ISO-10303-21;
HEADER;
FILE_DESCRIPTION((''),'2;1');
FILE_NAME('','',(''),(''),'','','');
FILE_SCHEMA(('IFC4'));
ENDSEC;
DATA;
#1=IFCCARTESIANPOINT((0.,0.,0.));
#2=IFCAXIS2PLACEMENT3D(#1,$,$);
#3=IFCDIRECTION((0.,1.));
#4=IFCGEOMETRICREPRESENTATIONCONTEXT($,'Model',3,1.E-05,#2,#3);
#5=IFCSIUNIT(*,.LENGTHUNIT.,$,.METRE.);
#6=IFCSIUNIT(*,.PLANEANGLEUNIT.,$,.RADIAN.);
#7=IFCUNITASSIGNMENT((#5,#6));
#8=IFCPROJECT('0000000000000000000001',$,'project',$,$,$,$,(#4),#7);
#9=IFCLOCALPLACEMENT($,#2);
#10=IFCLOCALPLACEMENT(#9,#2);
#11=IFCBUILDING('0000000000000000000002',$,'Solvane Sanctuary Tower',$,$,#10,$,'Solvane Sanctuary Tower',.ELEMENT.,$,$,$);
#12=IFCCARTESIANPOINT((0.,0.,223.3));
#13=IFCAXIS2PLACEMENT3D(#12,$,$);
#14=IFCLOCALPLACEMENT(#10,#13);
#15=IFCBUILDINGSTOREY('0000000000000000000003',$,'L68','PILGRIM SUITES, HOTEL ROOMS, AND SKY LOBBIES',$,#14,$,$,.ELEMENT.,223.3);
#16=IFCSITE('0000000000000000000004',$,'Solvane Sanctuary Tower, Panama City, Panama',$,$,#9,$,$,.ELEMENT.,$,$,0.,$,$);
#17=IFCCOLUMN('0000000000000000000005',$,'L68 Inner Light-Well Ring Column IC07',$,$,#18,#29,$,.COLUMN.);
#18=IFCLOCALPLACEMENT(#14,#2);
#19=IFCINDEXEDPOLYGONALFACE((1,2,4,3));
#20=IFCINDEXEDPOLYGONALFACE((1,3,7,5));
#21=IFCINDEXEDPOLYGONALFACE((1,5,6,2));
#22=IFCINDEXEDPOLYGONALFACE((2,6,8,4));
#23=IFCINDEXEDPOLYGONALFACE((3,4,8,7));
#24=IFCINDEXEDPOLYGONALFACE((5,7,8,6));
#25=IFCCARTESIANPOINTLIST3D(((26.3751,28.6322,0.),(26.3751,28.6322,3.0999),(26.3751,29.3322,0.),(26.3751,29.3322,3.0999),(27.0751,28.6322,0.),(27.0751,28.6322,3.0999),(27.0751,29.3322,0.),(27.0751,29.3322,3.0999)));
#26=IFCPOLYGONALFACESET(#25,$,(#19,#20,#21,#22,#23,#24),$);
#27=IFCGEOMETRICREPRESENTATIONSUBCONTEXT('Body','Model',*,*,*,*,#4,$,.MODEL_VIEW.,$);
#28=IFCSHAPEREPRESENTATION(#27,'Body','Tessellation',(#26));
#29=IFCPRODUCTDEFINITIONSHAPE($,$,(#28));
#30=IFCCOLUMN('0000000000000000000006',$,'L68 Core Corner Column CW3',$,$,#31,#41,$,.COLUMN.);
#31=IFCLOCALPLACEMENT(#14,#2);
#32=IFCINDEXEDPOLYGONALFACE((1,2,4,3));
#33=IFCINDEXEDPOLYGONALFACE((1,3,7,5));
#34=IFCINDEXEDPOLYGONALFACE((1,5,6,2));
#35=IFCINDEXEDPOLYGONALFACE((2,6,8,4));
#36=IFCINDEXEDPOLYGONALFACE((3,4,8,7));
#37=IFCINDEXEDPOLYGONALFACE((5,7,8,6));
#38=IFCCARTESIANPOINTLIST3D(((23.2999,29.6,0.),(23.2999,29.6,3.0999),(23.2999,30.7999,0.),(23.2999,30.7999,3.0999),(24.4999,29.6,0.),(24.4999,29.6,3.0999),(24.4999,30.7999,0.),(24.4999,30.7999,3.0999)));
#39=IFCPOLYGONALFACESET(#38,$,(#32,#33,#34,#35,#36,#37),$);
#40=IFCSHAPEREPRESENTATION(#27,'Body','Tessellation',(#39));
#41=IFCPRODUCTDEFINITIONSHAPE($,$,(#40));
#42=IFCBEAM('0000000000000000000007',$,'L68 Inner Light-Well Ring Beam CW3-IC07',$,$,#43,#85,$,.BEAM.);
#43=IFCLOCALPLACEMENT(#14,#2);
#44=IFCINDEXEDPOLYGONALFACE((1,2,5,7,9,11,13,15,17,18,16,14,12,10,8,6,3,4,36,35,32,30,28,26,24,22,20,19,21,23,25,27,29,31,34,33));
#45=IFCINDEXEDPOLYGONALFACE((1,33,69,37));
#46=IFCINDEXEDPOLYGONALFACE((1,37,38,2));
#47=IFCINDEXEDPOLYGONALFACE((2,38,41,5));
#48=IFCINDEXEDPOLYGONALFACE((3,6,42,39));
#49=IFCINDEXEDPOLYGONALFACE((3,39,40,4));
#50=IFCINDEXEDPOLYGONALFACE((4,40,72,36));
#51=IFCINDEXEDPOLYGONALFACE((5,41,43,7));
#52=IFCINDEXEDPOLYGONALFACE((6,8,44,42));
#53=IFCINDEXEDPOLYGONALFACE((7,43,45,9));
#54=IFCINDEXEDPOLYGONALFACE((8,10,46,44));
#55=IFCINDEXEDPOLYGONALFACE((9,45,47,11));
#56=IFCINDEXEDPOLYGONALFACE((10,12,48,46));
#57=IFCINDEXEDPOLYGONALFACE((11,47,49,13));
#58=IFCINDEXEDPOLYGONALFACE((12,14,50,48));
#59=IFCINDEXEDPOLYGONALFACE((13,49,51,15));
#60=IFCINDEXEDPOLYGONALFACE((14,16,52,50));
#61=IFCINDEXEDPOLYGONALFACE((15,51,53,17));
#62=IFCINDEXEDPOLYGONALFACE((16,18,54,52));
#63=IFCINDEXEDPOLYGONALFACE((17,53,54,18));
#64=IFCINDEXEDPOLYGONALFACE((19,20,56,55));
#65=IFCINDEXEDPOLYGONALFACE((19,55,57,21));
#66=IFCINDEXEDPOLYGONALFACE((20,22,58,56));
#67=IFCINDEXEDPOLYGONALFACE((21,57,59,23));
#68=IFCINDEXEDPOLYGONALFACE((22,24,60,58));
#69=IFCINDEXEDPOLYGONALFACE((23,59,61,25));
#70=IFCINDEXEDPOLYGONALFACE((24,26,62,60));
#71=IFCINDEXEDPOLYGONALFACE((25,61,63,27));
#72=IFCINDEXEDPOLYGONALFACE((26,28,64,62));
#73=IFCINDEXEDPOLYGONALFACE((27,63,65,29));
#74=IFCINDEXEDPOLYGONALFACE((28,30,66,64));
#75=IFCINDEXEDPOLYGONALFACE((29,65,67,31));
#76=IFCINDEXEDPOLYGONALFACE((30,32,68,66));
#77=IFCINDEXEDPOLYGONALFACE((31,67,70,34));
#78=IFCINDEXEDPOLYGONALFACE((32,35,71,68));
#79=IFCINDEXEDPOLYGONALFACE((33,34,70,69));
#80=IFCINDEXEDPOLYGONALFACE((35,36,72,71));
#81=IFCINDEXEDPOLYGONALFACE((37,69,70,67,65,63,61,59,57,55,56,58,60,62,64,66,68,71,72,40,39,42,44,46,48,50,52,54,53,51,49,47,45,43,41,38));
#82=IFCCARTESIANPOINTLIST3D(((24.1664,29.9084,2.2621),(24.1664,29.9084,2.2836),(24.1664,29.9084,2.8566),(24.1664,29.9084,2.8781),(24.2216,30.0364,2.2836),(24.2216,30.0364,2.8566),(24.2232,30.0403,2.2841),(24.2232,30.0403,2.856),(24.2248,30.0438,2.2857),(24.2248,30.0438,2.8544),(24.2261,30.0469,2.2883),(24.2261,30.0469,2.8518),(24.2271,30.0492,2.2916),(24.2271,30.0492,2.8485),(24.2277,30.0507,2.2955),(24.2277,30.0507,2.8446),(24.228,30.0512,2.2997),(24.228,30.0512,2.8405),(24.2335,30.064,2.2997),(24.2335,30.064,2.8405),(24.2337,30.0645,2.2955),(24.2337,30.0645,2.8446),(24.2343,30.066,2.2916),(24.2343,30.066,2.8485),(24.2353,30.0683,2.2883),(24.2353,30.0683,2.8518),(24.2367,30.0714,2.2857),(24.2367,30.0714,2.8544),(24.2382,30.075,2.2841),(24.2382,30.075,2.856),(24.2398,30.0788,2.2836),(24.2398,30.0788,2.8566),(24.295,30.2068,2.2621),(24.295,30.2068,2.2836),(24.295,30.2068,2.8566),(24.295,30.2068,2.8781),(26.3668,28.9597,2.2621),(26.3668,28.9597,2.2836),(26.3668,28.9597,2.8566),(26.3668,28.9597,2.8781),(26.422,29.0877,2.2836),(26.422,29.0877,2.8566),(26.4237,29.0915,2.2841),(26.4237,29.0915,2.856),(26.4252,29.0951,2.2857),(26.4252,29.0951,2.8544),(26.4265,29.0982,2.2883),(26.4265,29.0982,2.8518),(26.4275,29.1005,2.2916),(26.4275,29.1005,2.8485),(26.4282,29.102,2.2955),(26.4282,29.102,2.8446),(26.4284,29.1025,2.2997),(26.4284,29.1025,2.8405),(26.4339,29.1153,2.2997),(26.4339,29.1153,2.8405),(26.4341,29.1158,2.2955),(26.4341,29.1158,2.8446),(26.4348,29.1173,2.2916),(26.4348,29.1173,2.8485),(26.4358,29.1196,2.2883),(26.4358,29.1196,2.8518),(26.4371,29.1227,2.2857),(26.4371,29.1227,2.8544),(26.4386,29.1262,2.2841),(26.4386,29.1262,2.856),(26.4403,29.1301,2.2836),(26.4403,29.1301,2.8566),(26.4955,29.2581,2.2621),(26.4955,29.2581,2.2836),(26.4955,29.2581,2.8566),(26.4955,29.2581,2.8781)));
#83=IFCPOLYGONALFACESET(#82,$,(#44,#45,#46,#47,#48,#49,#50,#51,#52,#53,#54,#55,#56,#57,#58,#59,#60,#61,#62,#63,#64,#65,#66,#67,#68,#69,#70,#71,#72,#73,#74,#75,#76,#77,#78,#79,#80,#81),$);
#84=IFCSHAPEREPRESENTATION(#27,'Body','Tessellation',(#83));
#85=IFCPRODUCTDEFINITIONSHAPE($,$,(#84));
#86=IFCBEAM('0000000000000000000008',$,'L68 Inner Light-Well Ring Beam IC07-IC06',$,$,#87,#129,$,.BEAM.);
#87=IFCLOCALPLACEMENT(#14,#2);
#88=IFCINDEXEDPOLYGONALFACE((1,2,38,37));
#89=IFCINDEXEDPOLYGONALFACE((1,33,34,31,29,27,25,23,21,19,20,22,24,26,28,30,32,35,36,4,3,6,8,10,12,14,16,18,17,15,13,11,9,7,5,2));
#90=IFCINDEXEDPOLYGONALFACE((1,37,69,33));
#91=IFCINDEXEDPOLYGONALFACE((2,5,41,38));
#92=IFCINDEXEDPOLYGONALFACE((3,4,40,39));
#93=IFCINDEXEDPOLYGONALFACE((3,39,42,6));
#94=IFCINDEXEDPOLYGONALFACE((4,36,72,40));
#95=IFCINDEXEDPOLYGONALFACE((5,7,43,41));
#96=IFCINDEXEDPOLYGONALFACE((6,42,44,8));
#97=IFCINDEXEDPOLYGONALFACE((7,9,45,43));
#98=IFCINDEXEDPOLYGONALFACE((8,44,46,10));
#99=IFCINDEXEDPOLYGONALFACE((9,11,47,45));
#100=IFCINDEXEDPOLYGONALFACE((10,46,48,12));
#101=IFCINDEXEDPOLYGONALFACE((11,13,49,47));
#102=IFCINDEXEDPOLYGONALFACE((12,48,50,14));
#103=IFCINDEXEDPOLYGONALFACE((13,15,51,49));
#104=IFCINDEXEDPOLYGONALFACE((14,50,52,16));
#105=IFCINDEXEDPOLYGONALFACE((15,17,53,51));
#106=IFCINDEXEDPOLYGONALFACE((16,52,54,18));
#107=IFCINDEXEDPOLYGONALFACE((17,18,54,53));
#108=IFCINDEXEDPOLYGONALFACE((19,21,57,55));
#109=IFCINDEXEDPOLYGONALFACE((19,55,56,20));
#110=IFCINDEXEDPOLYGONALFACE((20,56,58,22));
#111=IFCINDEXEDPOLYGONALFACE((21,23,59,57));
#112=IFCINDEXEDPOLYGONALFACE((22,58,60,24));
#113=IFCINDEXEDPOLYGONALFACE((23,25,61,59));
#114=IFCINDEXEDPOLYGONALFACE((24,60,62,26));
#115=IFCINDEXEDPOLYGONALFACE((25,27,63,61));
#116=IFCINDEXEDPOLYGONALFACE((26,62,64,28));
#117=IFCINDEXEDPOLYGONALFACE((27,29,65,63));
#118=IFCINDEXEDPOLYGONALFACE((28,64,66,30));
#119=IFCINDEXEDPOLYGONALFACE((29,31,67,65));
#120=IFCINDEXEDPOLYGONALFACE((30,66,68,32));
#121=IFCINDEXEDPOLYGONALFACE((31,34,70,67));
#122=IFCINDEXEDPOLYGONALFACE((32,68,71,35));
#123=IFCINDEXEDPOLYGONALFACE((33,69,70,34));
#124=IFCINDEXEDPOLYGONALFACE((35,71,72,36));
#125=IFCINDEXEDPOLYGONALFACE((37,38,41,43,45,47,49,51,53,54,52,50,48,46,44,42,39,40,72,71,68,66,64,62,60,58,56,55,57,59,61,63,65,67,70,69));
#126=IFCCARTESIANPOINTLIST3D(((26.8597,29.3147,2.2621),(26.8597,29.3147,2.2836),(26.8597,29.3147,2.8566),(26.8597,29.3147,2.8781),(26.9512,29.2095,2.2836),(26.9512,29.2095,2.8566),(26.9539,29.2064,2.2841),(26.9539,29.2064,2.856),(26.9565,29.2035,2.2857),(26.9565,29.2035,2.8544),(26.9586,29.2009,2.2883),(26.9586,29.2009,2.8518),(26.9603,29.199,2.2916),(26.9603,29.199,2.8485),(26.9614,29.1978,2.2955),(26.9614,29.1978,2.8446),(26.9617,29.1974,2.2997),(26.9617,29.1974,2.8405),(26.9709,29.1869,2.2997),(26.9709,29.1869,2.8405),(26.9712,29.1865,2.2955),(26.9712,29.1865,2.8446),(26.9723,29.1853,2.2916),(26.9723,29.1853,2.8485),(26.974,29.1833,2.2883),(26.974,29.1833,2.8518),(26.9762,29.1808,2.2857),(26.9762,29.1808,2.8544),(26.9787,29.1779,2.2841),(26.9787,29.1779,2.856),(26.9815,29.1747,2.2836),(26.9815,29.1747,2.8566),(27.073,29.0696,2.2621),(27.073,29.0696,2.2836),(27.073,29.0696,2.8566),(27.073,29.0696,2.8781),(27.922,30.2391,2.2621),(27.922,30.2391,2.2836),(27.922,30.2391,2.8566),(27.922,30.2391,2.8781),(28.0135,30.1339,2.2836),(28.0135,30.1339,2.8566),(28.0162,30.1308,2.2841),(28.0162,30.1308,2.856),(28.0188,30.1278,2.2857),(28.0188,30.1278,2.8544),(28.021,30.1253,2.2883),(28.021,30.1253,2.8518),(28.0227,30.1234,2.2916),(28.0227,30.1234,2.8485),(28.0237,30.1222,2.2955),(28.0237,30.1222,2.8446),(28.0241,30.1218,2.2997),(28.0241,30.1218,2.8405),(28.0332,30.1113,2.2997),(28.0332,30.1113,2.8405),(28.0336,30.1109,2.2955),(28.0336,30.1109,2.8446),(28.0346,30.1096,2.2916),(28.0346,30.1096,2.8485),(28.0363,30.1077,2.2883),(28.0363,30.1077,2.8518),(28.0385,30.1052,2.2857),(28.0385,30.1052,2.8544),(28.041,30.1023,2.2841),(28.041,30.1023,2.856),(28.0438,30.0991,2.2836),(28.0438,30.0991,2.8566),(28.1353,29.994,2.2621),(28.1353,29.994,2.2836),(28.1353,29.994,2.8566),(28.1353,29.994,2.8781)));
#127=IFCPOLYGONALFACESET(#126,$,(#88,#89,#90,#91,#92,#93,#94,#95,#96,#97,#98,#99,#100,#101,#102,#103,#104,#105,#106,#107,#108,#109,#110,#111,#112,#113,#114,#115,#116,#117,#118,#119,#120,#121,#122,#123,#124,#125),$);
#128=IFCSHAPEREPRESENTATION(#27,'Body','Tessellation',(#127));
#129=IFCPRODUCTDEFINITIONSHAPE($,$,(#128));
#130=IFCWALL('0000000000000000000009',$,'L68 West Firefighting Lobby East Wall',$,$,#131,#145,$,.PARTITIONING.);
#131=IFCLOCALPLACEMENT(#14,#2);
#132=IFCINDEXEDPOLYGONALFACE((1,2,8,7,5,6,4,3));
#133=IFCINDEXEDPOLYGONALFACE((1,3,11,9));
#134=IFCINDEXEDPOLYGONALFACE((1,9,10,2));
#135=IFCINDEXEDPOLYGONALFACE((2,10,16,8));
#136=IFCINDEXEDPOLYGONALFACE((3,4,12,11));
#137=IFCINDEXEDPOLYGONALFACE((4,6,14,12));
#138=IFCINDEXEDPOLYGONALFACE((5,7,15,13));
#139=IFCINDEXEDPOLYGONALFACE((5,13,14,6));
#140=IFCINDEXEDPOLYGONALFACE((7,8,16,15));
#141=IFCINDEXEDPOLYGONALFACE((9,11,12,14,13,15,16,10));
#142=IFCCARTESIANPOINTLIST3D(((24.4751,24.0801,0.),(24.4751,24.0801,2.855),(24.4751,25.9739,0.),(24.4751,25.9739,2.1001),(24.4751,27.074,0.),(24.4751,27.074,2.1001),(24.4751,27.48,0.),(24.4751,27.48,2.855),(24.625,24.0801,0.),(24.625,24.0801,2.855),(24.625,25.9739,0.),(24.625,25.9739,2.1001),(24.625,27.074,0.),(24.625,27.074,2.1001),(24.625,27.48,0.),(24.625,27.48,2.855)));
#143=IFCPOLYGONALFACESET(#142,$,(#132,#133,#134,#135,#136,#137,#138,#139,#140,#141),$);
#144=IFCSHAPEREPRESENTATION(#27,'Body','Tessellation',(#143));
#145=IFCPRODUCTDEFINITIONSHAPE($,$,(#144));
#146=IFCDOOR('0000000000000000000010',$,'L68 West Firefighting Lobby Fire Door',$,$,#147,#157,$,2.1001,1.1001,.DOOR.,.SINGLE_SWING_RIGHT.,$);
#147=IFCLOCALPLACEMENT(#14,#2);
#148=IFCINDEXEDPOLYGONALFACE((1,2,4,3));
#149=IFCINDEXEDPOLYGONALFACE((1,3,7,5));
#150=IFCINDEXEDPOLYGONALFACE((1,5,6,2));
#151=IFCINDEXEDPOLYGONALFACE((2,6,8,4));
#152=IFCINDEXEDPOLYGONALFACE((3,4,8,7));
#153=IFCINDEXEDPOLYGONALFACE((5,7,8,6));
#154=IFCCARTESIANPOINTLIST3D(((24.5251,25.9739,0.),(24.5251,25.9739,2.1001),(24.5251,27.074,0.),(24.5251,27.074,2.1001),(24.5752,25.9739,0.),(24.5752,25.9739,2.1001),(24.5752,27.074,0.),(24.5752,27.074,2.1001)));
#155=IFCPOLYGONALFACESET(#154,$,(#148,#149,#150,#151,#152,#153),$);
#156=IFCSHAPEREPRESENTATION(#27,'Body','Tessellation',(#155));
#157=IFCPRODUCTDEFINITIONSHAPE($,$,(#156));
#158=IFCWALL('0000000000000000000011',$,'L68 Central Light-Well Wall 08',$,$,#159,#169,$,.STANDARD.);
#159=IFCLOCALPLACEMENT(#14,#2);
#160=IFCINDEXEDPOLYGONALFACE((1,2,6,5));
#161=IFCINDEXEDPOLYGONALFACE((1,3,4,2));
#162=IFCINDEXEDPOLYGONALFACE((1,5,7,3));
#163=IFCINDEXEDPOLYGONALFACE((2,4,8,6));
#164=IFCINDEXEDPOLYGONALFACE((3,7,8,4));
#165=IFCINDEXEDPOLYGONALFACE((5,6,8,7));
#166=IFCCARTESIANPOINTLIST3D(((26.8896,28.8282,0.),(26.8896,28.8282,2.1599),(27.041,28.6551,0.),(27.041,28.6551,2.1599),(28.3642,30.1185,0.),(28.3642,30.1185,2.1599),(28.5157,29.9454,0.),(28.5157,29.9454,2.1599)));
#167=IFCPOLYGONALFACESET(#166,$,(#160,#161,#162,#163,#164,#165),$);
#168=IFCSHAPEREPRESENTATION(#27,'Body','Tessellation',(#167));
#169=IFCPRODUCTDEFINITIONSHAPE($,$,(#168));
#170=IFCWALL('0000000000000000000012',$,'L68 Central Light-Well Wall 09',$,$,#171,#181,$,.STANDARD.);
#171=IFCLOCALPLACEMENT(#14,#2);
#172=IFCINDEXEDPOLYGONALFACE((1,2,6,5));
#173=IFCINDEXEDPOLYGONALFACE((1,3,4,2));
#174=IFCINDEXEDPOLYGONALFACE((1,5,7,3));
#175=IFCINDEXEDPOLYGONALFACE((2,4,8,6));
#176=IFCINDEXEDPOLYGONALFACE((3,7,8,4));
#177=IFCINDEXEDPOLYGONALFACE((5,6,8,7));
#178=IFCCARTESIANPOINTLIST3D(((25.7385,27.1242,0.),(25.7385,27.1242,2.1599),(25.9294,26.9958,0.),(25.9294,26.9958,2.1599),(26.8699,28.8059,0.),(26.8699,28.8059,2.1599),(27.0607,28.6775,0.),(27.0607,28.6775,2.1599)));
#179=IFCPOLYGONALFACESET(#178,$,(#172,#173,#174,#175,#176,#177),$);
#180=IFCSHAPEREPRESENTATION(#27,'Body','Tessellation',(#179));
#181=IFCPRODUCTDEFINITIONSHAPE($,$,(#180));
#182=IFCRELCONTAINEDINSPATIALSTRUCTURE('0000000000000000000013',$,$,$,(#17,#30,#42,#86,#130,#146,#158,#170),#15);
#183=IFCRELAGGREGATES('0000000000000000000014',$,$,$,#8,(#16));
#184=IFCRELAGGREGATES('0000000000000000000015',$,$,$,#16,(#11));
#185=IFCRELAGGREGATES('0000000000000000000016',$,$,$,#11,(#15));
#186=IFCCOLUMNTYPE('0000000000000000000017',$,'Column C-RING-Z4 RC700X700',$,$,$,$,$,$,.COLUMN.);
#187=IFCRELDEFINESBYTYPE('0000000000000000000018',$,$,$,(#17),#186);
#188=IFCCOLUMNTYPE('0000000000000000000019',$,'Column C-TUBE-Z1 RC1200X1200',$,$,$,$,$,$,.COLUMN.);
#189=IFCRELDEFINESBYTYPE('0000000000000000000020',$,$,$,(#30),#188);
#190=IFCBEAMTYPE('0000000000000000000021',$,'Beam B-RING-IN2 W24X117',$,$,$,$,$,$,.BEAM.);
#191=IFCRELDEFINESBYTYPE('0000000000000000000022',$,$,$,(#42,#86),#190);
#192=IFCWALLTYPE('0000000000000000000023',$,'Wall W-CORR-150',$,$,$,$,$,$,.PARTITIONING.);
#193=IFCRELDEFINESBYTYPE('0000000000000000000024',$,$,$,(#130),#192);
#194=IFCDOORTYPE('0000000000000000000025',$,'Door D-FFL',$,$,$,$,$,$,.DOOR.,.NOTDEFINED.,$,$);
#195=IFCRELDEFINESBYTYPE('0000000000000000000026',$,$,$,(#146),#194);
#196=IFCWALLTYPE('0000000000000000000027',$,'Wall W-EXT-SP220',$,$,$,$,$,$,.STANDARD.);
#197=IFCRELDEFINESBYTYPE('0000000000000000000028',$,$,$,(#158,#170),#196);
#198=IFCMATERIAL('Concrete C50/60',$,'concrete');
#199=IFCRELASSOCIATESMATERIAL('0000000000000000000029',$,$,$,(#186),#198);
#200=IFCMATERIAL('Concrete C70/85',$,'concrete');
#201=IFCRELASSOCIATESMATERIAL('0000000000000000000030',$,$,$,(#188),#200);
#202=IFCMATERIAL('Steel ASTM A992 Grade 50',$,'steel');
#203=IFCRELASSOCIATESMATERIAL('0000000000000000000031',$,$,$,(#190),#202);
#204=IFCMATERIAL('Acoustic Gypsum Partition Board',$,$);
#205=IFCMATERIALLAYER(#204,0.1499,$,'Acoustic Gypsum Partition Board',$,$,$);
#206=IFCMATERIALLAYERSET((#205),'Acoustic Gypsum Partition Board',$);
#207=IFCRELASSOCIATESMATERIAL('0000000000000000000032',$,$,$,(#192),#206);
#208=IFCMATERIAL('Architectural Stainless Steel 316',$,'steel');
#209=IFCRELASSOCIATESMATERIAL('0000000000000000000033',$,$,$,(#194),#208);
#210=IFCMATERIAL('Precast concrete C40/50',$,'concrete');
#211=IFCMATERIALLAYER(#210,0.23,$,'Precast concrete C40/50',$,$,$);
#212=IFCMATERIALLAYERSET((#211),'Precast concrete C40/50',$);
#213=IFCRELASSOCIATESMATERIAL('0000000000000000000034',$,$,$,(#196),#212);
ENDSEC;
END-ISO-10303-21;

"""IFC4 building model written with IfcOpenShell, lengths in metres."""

from ifc_helpers import new_model, si_unit, direction, frame, frame_2d, origin, origin_2d, place, context, subcontext, project, spatial, rectangle, i_section, extrude, material, layer, layer_set, material_profile, profile_set, type_object, element, fill, save


model = new_model("IFC4")

# Units and contexts
model_context = context("Model", 3, precision=1e-05, world=origin(), true_north=direction((0.0, 1.0)))
body_context = subcontext(model_context, "Body", "Model", "MODEL_VIEW")
ifc_project = project(units=[si_unit("LENGTHUNIT", "METRE"), si_unit("PLANEANGLEUNIT", "RADIAN")], contexts=[model_context])

# Site, building, storey
site_placement = place(None, origin())
site = spatial("IfcSite", under=ifc_project, at=site_placement, Name="Solvane Sanctuary Tower, Panama City, Panama", CompositionType="ELEMENT", RefElevation=0.0)
building_placement = place(site_placement, origin())
building = spatial("IfcBuilding", under=site, at=building_placement, Name="Solvane Sanctuary Tower", LongName="Solvane Sanctuary Tower", CompositionType="ELEMENT")
storey_placement = place(building_placement, frame((0.0, 0.0, 223.3)))
storey = spatial("IfcBuildingStorey", under=building, at=storey_placement, Name="L68", Description="PILGRIM SUITES, HOTEL ROOMS, AND SKY LOBBIES", CompositionType="ELEMENT", Elevation=223.3)

# Columns
ifc_material_1 = material(Name="Concrete C50/60", Category="concrete")
ifc_material_profile_1 = material_profile(ifc_material_1, rectangle(XDim=0.7, YDim=0.7, at=origin_2d()), Name="RC700X700")
ifc_profile_set_1 = profile_set([ifc_material_profile_1], Name="Concrete C50/60")
column_type_1 = type_object("IfcColumnType", Name="Column C-RING-Z4 RC700X700", PredefinedType="COLUMN", material=ifc_profile_set_1)
column_1_placement = place(storey_placement, frame((26.7251, 28.9822, 0.0), z_axis=(0.0, 0.0, 1.0), x_axis=(1.0, 0.0, 0.0)))
element("IfcColumn", 1, at=column_1_placement, inside=storey, type_object=column_type_1, Name="L68 Inner Light-Well Ring Column IC07", PredefinedType="COLUMN", context=body_context, shape_type="SweptSolid", body=[
    extrude(rectangle(XDim=0.7, YDim=0.7, at=origin_2d()), origin(), (0.0, 0.0, 1.0), 3.0999),
])
ifc_material_2 = material(Name="Concrete C70/85", Category="concrete")
ifc_material_profile_2 = material_profile(ifc_material_2, rectangle(XDim=1.2, YDim=1.2, at=origin_2d()), Name="RC1200X1200")
ifc_profile_set_2 = profile_set([ifc_material_profile_2], Name="Concrete C70/85")
column_type_2 = type_object("IfcColumnType", Name="Column C-TUBE-Z1 RC1200X1200", PredefinedType="COLUMN", material=ifc_profile_set_2)
column_2_placement = place(storey_placement, frame((23.8999, 30.2, 0.0), z_axis=(0.0, 0.0, 1.0), x_axis=(1.0, 0.0, 0.0)))
element("IfcColumn", 2, at=column_2_placement, inside=storey, type_object=column_type_2, Name="L68 Core Corner Column CW3", PredefinedType="COLUMN", context=body_context, shape_type="SweptSolid", body=[
    extrude(rectangle(XDim=1.2, YDim=1.2, at=origin_2d()), origin(), (0.0, 0.0, 1.0), 3.0999),
])

# Beams
ifc_material_3 = material(Name="Steel ASTM A992 Grade 50", Category="steel")
ifc_material_profile_3 = material_profile(ifc_material_3, i_section(OverallWidth=0.325, OverallDepth=0.616, WebThickness=0.0139, FlangeThickness=0.0215, FilletRadius=0.0161, at=origin_2d()), Name="W24X117")
ifc_profile_set_3 = profile_set([ifc_material_profile_3], Name="Steel ASTM A992 Grade 50")
beam_type = type_object("IfcBeamType", Name="Beam B-RING-IN2 W24X117", PredefinedType="BEAM", material=ifc_profile_set_3)
beam_1_placement = place(storey_placement, frame((24.2307, 30.0576, 2.5701), z_axis=(0.918284, -0.395923, 0.0), x_axis=(0.395923, 0.918284, 0.0)))
element("IfcBeam", 3, at=beam_1_placement, inside=storey, type_object=beam_type, Name="L68 Inner Light-Well Ring Beam CW3-IC07", PredefinedType="BEAM", context=body_context, shape_type="SweptSolid", body=[
    extrude(i_section(OverallWidth=0.325, OverallDepth=0.616, WebThickness=0.0139, FlangeThickness=0.0215, FilletRadius=0.0161, at=origin_2d()), origin(), (0.0, 0.0, 1.0), 2.3962),
])
beam_2_placement = place(storey_placement, frame((26.9663, 29.1921, 2.5701), z_axis=(0.754389, 0.656428, 0.0), x_axis=(-0.656428, 0.754389, 0.0)))
element("IfcBeam", 4, at=beam_2_placement, inside=storey, type_object=beam_type, Name="L68 Inner Light-Well Ring Beam IC07-IC06", PredefinedType="BEAM", context=body_context, shape_type="SweptSolid", body=[
    extrude(i_section(OverallWidth=0.325, OverallDepth=0.616, WebThickness=0.0139, FlangeThickness=0.0215, FilletRadius=0.0161, at=origin_2d()), origin(), (0.0, 0.0, 1.0), 1.4082),
])

# Wall, opening, door
ifc_material_4 = material(Name="Acoustic Gypsum Partition Board")
ifc_layer_1 = layer(ifc_material_4, 0.1499, Name="Acoustic Gypsum Partition Board")
ifc_layer_set_1 = layer_set([ifc_layer_1], Name="Acoustic Gypsum Partition Board")
wall_type_1 = type_object("IfcWallType", Name="Wall W-CORR-150", PredefinedType="PARTITIONING", material=ifc_layer_set_1)
wall_1_placement = place(storey_placement, frame((24.55, 24.0801, 0.0), z_axis=(0.0, 0.0, 1.0), x_axis=(0.0, 1.0, 0.0)))
wall_1 = element("IfcWall", 5, at=wall_1_placement, inside=storey, type_object=wall_type_1, Name="L68 West Firefighting Lobby East Wall", PredefinedType="PARTITIONING", context=body_context, shape_type="SweptSolid", body=[
    extrude(rectangle(XDim=3.3999, YDim=0.1499, at=frame_2d((1.7, 0.0))), origin(), (0.0, 0.0, 1.0), 2.855),
])
opening_1_placement = place(wall_1_placement, frame((1.8938, 0.0, 0.0)))
opening_1 = element("IfcOpeningElement", 6, at=opening_1_placement, cuts=wall_1, PredefinedType="OPENING", context=body_context, shape_type="SweptSolid", body=[
    extrude(rectangle(XDim=1.1001, YDim=2.1001, at=frame_2d((0.55, 1.05))), frame((0.0, 0.085, 0.0), z_axis=(0.0, -1.0, 0.0), x_axis=(1.0, 0.0, 0.0)), (0.0, 0.0, 1.0), 0.1699),
])
ifc_material_5 = material(Name="Architectural Stainless Steel 316", Category="steel")
door_type_1 = type_object("IfcDoorType", Name="Door D-FFL", OperationType="NOTDEFINED", PredefinedType="DOOR", material=ifc_material_5)
door_1_placement = place(opening_1_placement, origin())
door_1 = element("IfcDoor", 7, at=door_1_placement, inside=storey, type_object=door_type_1, Name="L68 West Firefighting Lobby Fire Door", OperationType="SINGLE_SWING_RIGHT", OverallHeight=2.1001, OverallWidth=1.1001, PredefinedType="DOOR", context=body_context, shape_type="SweptSolid", body=[
    extrude(rectangle(XDim=1.1001, YDim=2.1001, at=frame_2d((0.55, 1.05))), frame((0.0, 0.0249, 0.0), z_axis=(0.0, -1.0, 0.0), x_axis=(1.0, 0.0, 0.0)), (0.0, 0.0, 1.0), 0.05),
])
fill(opening_1, door_1)

# Walls
ifc_material_6 = material(Name="Precast concrete C40/50", Category="concrete")
ifc_layer_2 = layer(ifc_material_6, 0.23, Name="Precast concrete C40/50")
ifc_layer_set_2 = layer_set([ifc_layer_2], Name="Precast concrete C40/50")
wall_type_2 = type_object("IfcWallType", Name="Wall W-EXT-SP220", PredefinedType="STANDARD", material=ifc_layer_set_2)
wall_2_placement = place(storey_placement, frame((28.4399, 30.032, 0.0), z_axis=(0.0, 0.0, 1.0), x_axis=(-0.752577, -0.658505, 0.0)))
element("IfcWall", 8, at=wall_2_placement, inside=storey, type_object=wall_type_2, Name="L68 Central Light-Well Wall 08", PredefinedType="STANDARD", context=body_context, shape_type="SweptSolid", body=[
    extrude(rectangle(XDim=1.9595, YDim=0.23, at=frame_2d((0.9797, 0.0))), origin(), (0.0, 0.0, 1.0), 2.1599),
])
wall_3_placement = place(storey_placement, frame((26.9653, 28.7417, 0.0), z_axis=(0.0, 0.0, 1.0), x_axis=(-0.558198, -0.829708, 0.0)))
element("IfcWall", 9, at=wall_3_placement, inside=storey, type_object=wall_type_2, Name="L68 Central Light-Well Wall 09", PredefinedType="STANDARD", context=body_context, shape_type="SweptSolid", body=[
    extrude(rectangle(XDim=2.0269, YDim=0.23, at=frame_2d((1.0134, 0.0))), origin(), (0.0, 0.0, 1.0), 2.1599),
])

save(model, "model.ifc")
